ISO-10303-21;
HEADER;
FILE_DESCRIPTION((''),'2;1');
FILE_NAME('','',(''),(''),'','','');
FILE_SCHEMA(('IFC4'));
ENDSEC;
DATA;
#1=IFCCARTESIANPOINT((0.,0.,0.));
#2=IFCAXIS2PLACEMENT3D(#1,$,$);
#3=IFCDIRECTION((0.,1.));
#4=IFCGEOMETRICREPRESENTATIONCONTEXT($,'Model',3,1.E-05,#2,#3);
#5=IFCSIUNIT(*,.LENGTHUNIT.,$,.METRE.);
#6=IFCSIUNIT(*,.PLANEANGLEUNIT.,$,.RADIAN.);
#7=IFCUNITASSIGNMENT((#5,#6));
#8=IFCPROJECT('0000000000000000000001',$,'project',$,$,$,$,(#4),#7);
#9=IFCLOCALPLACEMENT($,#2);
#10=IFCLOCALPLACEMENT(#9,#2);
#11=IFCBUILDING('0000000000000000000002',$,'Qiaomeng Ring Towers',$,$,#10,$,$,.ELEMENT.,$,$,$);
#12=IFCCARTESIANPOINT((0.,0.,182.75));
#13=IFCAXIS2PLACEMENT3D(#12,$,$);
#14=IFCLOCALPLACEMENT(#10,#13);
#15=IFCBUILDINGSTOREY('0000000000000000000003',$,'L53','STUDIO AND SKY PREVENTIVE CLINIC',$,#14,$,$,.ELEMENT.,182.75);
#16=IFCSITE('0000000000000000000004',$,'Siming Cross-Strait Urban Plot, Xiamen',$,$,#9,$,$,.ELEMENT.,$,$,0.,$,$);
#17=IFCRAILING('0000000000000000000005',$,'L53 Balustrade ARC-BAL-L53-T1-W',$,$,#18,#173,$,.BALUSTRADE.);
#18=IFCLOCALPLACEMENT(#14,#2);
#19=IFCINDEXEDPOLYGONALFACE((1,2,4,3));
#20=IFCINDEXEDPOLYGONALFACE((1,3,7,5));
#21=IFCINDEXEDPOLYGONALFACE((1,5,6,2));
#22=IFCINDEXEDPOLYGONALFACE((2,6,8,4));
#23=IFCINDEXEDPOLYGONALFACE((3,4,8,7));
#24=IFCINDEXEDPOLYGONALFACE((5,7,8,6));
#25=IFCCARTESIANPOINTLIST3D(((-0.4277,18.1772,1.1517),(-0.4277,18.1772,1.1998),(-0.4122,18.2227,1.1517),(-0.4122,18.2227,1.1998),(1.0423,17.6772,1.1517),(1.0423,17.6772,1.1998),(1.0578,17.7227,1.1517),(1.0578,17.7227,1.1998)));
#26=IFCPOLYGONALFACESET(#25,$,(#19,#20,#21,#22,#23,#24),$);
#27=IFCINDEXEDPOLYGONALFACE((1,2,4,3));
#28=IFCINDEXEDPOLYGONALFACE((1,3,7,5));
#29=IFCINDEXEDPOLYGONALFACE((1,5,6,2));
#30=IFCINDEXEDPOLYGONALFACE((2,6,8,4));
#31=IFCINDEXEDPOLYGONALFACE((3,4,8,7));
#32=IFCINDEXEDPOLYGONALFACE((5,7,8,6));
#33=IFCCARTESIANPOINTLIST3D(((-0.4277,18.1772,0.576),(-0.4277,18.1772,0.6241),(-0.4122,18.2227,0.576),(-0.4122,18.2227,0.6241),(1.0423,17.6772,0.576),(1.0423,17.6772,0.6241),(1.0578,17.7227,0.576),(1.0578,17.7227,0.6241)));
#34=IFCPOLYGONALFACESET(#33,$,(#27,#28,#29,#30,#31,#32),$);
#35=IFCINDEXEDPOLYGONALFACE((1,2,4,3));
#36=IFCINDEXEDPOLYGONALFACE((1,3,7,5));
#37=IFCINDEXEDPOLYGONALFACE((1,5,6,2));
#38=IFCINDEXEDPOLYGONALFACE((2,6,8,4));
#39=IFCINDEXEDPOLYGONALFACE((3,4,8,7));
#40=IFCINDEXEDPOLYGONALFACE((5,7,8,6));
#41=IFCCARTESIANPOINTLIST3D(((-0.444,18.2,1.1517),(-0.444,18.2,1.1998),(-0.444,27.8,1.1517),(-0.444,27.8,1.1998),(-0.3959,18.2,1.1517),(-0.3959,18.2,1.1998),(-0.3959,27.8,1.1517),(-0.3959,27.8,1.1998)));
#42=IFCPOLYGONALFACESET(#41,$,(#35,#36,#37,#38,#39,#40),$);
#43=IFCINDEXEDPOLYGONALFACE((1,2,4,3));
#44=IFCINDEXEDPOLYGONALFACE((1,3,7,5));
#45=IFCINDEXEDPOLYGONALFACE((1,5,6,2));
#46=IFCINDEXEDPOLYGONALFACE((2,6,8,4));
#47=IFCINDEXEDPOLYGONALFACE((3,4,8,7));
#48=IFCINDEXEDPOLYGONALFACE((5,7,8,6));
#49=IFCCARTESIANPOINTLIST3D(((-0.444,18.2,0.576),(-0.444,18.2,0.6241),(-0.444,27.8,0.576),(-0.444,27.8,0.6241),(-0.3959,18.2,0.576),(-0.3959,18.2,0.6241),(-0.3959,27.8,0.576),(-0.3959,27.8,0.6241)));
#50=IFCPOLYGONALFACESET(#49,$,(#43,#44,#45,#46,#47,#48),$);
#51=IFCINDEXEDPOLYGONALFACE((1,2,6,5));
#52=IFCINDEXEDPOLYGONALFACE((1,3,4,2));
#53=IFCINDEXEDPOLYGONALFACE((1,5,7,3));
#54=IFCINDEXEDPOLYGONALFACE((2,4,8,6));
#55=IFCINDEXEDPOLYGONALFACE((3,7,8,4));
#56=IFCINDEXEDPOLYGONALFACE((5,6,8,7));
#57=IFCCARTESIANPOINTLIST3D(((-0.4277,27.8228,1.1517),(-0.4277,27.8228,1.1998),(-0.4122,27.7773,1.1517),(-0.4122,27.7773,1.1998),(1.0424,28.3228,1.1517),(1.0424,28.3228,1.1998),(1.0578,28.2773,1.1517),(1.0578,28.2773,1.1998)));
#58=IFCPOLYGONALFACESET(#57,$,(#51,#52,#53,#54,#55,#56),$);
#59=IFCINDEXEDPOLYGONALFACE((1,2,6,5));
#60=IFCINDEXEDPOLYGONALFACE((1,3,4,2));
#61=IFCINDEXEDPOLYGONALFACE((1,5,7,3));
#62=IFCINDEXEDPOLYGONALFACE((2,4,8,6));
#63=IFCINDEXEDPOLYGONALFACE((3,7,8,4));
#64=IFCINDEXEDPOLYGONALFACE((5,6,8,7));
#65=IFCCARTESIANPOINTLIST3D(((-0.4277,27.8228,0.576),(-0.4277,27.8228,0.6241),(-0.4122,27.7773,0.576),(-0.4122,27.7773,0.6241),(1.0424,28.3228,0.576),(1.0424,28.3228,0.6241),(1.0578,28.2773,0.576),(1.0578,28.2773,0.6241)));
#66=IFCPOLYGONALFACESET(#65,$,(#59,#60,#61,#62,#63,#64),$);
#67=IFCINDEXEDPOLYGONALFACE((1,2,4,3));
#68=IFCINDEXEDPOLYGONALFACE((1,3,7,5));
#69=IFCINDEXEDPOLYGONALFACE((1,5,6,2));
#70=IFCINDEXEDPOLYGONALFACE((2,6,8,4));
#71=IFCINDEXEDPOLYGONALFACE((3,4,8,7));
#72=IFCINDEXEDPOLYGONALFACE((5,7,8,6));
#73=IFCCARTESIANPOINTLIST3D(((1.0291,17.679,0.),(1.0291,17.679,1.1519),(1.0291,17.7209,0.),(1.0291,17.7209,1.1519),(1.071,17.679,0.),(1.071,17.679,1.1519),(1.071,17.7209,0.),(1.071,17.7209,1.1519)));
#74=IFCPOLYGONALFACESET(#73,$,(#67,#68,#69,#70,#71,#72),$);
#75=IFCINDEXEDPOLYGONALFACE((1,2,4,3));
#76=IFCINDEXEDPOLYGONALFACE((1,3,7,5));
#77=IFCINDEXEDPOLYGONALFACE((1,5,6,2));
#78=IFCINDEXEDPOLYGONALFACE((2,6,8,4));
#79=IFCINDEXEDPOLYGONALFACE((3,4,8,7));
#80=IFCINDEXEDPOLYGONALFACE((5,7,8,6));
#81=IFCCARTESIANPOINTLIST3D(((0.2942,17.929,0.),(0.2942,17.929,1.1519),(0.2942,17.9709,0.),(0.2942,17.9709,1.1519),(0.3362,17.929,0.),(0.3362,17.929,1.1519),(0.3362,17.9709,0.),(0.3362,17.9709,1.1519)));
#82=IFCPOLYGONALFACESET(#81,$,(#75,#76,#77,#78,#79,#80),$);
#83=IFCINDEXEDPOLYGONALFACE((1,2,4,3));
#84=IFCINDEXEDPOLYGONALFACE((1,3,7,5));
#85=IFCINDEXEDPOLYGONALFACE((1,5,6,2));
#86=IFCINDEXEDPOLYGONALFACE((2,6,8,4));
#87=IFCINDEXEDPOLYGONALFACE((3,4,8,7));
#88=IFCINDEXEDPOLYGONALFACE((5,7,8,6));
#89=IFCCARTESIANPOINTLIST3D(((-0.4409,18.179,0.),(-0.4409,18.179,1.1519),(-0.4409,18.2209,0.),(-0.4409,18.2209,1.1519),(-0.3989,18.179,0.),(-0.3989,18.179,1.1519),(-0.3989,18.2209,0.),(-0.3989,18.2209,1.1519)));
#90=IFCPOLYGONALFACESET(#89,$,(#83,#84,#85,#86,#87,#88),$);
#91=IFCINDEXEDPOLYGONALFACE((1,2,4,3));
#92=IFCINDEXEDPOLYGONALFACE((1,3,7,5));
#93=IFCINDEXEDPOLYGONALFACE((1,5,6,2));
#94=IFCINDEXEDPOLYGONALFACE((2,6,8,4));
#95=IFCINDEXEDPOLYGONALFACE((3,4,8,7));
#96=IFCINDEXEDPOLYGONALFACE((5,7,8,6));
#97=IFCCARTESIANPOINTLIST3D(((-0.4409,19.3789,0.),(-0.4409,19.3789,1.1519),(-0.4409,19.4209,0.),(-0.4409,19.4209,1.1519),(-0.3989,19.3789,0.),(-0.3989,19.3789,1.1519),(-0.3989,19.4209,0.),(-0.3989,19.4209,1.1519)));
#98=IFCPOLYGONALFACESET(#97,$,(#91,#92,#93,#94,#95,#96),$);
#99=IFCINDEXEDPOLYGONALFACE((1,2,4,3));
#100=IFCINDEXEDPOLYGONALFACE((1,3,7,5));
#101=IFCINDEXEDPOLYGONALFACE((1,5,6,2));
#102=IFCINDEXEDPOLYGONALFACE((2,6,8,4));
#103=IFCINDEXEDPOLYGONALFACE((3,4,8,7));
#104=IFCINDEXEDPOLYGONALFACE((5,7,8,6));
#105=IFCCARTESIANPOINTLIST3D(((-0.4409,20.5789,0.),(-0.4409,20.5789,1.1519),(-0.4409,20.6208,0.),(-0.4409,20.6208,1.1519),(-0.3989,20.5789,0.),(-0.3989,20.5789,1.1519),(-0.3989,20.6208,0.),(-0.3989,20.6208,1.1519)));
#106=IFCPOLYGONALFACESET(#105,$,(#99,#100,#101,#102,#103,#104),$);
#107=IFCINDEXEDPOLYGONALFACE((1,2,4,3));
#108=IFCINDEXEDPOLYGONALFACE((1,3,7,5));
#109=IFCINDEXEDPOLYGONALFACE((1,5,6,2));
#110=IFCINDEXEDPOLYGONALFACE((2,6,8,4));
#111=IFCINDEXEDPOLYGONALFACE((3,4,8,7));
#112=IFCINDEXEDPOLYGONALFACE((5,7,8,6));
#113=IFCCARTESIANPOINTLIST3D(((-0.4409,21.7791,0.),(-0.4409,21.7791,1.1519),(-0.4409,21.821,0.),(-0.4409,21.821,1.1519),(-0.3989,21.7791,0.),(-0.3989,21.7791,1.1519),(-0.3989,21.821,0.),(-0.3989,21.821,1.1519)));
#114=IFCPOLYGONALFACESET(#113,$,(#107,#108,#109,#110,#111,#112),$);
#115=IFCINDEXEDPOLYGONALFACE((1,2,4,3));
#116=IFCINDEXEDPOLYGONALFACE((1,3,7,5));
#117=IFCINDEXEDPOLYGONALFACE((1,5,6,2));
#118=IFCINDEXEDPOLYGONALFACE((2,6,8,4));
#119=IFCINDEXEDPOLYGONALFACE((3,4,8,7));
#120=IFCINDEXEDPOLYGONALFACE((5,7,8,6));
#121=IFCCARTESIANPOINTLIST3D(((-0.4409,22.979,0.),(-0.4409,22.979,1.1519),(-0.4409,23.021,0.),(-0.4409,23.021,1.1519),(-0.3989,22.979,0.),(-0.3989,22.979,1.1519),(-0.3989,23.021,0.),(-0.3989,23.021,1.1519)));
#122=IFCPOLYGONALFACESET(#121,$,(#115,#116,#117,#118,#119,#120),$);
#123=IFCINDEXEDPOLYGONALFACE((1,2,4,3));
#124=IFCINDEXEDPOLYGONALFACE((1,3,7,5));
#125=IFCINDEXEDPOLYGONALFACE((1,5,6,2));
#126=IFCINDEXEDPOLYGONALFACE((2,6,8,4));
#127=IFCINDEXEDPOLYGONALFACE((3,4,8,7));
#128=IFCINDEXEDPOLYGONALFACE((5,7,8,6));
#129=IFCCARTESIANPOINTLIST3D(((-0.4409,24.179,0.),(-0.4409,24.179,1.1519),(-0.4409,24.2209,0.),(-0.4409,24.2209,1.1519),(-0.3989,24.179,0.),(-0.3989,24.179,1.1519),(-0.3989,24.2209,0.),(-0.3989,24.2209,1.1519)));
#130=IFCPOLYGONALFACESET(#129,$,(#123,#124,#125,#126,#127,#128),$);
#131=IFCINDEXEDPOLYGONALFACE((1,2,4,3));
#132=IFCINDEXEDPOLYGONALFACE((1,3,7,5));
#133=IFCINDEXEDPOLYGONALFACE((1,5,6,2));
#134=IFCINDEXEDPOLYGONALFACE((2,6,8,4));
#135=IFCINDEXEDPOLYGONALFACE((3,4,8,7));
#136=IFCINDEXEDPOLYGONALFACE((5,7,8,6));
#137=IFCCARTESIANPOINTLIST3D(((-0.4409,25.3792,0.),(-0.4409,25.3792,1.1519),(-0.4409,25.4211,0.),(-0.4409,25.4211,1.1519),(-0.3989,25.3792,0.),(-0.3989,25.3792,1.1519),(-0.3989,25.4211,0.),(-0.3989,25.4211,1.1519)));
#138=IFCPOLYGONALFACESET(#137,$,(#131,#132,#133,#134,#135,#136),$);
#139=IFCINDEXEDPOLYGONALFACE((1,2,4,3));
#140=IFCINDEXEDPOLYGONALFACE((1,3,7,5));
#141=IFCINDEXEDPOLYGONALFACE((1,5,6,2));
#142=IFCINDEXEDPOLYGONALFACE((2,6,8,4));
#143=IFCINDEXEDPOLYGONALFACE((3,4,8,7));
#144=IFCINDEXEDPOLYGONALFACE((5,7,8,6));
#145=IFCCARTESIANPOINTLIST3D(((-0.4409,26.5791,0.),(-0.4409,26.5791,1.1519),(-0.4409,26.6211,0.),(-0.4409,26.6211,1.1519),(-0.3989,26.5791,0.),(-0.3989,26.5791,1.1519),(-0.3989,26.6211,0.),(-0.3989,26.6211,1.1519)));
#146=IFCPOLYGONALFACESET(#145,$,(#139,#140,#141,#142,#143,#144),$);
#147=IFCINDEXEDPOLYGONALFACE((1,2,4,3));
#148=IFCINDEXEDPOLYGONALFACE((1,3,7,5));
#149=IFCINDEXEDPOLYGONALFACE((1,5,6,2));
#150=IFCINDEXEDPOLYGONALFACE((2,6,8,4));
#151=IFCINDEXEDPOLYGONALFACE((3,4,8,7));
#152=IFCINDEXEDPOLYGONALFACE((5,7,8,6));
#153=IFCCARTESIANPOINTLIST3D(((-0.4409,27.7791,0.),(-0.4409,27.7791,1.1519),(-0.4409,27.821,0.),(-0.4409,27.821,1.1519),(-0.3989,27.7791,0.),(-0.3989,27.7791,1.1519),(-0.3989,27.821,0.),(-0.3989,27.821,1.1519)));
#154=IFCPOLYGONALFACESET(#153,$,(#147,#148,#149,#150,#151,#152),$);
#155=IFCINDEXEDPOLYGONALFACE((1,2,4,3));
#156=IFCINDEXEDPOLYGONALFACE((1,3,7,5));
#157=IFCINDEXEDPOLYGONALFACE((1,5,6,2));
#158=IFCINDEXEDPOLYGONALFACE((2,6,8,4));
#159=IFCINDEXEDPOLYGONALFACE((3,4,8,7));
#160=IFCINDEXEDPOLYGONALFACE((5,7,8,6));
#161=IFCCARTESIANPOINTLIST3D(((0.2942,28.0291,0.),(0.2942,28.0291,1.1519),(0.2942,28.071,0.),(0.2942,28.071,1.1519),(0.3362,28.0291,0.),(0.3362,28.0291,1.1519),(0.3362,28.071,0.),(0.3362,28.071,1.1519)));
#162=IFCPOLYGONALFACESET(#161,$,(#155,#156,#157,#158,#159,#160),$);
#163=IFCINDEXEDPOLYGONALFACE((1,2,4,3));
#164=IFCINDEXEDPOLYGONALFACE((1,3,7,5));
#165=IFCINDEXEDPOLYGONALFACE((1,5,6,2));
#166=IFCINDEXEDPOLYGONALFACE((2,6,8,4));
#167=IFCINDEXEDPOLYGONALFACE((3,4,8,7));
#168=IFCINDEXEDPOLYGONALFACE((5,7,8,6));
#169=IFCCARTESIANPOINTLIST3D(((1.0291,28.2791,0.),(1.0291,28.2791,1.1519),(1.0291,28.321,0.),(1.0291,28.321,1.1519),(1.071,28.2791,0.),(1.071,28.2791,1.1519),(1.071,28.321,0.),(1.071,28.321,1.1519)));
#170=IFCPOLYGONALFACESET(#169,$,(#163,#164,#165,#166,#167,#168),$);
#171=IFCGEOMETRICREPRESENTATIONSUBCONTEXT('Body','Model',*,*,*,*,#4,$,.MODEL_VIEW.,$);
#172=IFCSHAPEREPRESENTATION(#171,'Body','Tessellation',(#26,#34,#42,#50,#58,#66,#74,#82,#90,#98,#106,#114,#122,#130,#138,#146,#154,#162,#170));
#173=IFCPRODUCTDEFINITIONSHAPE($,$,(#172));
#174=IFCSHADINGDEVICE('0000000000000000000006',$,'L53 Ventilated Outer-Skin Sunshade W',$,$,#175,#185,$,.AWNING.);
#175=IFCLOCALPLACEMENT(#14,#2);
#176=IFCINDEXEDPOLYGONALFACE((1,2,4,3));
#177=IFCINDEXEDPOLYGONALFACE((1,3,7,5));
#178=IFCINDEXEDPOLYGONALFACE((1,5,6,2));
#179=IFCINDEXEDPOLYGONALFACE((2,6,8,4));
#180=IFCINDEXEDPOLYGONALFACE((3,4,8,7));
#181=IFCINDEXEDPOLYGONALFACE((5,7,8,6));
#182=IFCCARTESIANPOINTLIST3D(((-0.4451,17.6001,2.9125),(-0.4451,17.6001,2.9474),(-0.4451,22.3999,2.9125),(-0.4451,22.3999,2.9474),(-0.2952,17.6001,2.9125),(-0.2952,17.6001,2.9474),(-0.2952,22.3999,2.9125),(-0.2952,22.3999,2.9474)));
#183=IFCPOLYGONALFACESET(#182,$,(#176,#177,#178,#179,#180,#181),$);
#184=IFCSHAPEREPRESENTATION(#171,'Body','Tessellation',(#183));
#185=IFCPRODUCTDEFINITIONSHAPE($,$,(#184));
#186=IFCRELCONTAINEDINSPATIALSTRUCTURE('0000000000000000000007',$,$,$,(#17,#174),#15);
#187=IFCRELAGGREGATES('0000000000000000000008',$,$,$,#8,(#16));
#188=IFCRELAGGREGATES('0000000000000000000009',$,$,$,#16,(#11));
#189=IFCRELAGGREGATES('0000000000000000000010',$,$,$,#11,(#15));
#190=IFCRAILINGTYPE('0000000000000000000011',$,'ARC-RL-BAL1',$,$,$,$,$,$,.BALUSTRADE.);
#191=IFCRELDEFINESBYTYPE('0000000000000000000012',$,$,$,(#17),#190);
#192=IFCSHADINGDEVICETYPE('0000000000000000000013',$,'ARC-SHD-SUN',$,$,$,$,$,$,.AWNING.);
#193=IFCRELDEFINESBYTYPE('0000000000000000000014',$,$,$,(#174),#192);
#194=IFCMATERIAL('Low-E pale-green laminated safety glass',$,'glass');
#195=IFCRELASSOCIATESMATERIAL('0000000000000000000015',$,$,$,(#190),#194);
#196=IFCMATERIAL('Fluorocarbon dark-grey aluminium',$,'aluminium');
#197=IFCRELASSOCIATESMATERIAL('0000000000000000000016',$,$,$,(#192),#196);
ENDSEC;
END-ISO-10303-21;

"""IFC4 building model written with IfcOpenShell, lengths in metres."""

from ifc_helpers import new_model, si_unit, direction, frame, origin, origin_2d, place, context, subcontext, project, spatial, rectangle, extrude, source, transform, mapped, material, material_profile, profile_set, type_object, element, save


model = new_model("IFC4")

# Units and contexts
model_context = context("Model", 3, precision=1e-05, world=origin(), true_north=direction((0.0, 1.0)))
body_context = subcontext(model_context, "Body", "Model", "MODEL_VIEW")
ifc_project = project(units=[si_unit("LENGTHUNIT", "METRE"), si_unit("PLANEANGLEUNIT", "RADIAN")], contexts=[model_context])

# Site, building, storey
site_placement = place(None, origin())
site = spatial("IfcSite", under=ifc_project, at=site_placement, Name="Siming Cross-Strait Urban Plot, Xiamen", CompositionType="ELEMENT", RefElevation=0.0)
building_placement = place(site_placement, origin())
building = spatial("IfcBuilding", under=site, at=building_placement, Name="Qiaomeng Ring Towers", CompositionType="ELEMENT")
storey_placement = place(building_placement, frame((0.0, 0.0, 182.75)))
storey = spatial("IfcBuildingStorey", under=building, at=storey_placement, Name="L53", Description="STUDIO AND SKY PREVENTIVE CLINIC", CompositionType="ELEMENT", Elevation=182.75)

# Railing
ifc_material_1 = material(Name="Low-E pale-green laminated safety glass", Category="glass")
railing_type = type_object("IfcRailingType", Name="ARC-RL-BAL1", PredefinedType="BALUSTRADE", material=ifc_material_1)
railing_1_placement = place(storey_placement, frame((1.05, 17.7, 0.0)))
element("IfcRailing", 1, at=railing_1_placement, inside=storey, type_object=railing_type, Name="L53 Balustrade ARC-BAL-L53-T1-W", PredefinedType="BALUSTRADE", context=body_context, shape_type="SweptSolid", body=[
    extrude(rectangle(XDim=0.0481, YDim=0.0481, at=origin_2d()), frame((0.0, 0.0, 1.1758), z_axis=(-0.946732, 0.322024, 0.0), x_axis=(-0.322024, -0.946732, 0.0)), (0.0, 0.0, 1.0), 1.5527),
    extrude(rectangle(XDim=0.0481, YDim=0.0481, at=origin_2d()), frame((0.0, 0.0, 0.6001), z_axis=(-0.946732, 0.322024, 0.0), x_axis=(-0.322024, -0.946732, 0.0)), (0.0, 0.0, 1.0), 1.5527),
    extrude(rectangle(XDim=0.0481, YDim=0.0481, at=origin_2d()), frame((-1.47, 0.5, 1.1758), z_axis=(0.0, 1.0, 0.0), x_axis=(-1.0, 0.0, 0.0)), (0.0, 0.0, 1.0), 9.6001),
    extrude(rectangle(XDim=0.0481, YDim=0.0481, at=origin_2d()), frame((-1.47, 0.5, 0.6001), z_axis=(0.0, 1.0, 0.0), x_axis=(-1.0, 0.0, 0.0)), (0.0, 0.0, 1.0), 9.6001),
    extrude(rectangle(XDim=0.0481, YDim=0.0481, at=origin_2d()), frame((-1.47, 10.1001, 1.1758), z_axis=(0.946732, 0.322024, 0.0), x_axis=(-0.322024, 0.946732, 0.0)), (0.0, 0.0, 1.0), 1.5527),
    extrude(rectangle(XDim=0.0481, YDim=0.0481, at=origin_2d()), frame((-1.47, 10.1001, 0.6001), z_axis=(0.946732, 0.322024, 0.0), x_axis=(-0.322024, 0.946732, 0.0)), (0.0, 0.0, 1.0), 1.5527),
    extrude(rectangle(XDim=0.042, YDim=0.042, at=origin_2d()), origin(), (0.0, 0.0, 1.0), 1.1519),
    extrude(rectangle(XDim=0.042, YDim=0.042, at=origin_2d()), frame((-0.7349, 0.25, 0.0)), (0.0, 0.0, 1.0), 1.1519),
    extrude(rectangle(XDim=0.042, YDim=0.042, at=origin_2d()), frame((-1.47, 0.5, 0.0)), (0.0, 0.0, 1.0), 1.1519),
    extrude(rectangle(XDim=0.042, YDim=0.042, at=origin_2d()), frame((-1.47, 1.7, 0.0)), (0.0, 0.0, 1.0), 1.1519),
    extrude(rectangle(XDim=0.042, YDim=0.042, at=origin_2d()), frame((-1.47, 2.8999, 0.0)), (0.0, 0.0, 1.0), 1.1519),
    extrude(rectangle(XDim=0.042, YDim=0.042, at=origin_2d()), frame((-1.47, 4.1001, 0.0)), (0.0, 0.0, 1.0), 1.1519),
    extrude(rectangle(XDim=0.042, YDim=0.042, at=origin_2d()), frame((-1.47, 5.3, 0.0)), (0.0, 0.0, 1.0), 1.1519),
    extrude(rectangle(XDim=0.042, YDim=0.042, at=origin_2d()), frame((-1.47, 6.5, 0.0)), (0.0, 0.0, 1.0), 1.1519),
    extrude(rectangle(XDim=0.042, YDim=0.042, at=origin_2d()), frame((-1.47, 7.7002, 0.0)), (0.0, 0.0, 1.0), 1.1519),
    extrude(rectangle(XDim=0.042, YDim=0.042, at=origin_2d()), frame((-1.47, 8.9001, 0.0)), (0.0, 0.0, 1.0), 1.1519),
    extrude(rectangle(XDim=0.042, YDim=0.042, at=origin_2d()), frame((-1.47, 10.1001, 0.0)), (0.0, 0.0, 1.0), 1.1519),
    extrude(rectangle(XDim=0.042, YDim=0.042, at=origin_2d()), frame((-0.7349, 10.3501, 0.0)), (0.0, 0.0, 1.0), 1.1519),
    extrude(rectangle(XDim=0.042, YDim=0.042, at=origin_2d()), frame((0.0, 10.6001, 0.0)), (0.0, 0.0, 1.0), 1.1519),
])

# Shading device
ifc_material_2 = material(Name="Fluorocarbon dark-grey aluminium", Category="aluminium")
ifc_material_profile_1 = material_profile(ifc_material_2, rectangle(XDim=0.1499, YDim=0.0349, at=origin_2d()), Name="LV BLADE 150x35")
ifc_profile_set_1 = profile_set([ifc_material_profile_1], Name="Fluorocarbon dark-grey aluminium")
shading_device_type = type_object("IfcShadingDeviceType", Name="ARC-SHD-SUN", PredefinedType="AWNING", material=ifc_profile_set_1)
shared_shape_1 = source(origin(), body_context, "Body", "SweptSolid", [
    extrude(rectangle(XDim=0.1499, YDim=0.0349, at=origin_2d()), origin(), (0.0, 0.0, 1.0), 4.7998),
])
shading_device_placement = place(storey_placement, frame((-0.3701, 17.6001, 2.9299), z_axis=(0.0, 1.0, 0.0), x_axis=(-1.0, 0.0, 0.0)))
element("IfcShadingDevice", 2, at=shading_device_placement, inside=storey, type_object=shading_device_type, Name="L53 Ventilated Outer-Skin Sunshade W", PredefinedType="AWNING", context=body_context, shape_type="MappedRepresentation", body=[
    mapped(shared_shape_1, transform((0.0, 0.0, 0.0), x_axis=(1.0, 0.0, 0.0), y_axis=(0.0, 1.0, 0.0), z_axis=(0.0, 0.0, 1.0), scale=1.0)),
])

save(model, "model.ifc")
